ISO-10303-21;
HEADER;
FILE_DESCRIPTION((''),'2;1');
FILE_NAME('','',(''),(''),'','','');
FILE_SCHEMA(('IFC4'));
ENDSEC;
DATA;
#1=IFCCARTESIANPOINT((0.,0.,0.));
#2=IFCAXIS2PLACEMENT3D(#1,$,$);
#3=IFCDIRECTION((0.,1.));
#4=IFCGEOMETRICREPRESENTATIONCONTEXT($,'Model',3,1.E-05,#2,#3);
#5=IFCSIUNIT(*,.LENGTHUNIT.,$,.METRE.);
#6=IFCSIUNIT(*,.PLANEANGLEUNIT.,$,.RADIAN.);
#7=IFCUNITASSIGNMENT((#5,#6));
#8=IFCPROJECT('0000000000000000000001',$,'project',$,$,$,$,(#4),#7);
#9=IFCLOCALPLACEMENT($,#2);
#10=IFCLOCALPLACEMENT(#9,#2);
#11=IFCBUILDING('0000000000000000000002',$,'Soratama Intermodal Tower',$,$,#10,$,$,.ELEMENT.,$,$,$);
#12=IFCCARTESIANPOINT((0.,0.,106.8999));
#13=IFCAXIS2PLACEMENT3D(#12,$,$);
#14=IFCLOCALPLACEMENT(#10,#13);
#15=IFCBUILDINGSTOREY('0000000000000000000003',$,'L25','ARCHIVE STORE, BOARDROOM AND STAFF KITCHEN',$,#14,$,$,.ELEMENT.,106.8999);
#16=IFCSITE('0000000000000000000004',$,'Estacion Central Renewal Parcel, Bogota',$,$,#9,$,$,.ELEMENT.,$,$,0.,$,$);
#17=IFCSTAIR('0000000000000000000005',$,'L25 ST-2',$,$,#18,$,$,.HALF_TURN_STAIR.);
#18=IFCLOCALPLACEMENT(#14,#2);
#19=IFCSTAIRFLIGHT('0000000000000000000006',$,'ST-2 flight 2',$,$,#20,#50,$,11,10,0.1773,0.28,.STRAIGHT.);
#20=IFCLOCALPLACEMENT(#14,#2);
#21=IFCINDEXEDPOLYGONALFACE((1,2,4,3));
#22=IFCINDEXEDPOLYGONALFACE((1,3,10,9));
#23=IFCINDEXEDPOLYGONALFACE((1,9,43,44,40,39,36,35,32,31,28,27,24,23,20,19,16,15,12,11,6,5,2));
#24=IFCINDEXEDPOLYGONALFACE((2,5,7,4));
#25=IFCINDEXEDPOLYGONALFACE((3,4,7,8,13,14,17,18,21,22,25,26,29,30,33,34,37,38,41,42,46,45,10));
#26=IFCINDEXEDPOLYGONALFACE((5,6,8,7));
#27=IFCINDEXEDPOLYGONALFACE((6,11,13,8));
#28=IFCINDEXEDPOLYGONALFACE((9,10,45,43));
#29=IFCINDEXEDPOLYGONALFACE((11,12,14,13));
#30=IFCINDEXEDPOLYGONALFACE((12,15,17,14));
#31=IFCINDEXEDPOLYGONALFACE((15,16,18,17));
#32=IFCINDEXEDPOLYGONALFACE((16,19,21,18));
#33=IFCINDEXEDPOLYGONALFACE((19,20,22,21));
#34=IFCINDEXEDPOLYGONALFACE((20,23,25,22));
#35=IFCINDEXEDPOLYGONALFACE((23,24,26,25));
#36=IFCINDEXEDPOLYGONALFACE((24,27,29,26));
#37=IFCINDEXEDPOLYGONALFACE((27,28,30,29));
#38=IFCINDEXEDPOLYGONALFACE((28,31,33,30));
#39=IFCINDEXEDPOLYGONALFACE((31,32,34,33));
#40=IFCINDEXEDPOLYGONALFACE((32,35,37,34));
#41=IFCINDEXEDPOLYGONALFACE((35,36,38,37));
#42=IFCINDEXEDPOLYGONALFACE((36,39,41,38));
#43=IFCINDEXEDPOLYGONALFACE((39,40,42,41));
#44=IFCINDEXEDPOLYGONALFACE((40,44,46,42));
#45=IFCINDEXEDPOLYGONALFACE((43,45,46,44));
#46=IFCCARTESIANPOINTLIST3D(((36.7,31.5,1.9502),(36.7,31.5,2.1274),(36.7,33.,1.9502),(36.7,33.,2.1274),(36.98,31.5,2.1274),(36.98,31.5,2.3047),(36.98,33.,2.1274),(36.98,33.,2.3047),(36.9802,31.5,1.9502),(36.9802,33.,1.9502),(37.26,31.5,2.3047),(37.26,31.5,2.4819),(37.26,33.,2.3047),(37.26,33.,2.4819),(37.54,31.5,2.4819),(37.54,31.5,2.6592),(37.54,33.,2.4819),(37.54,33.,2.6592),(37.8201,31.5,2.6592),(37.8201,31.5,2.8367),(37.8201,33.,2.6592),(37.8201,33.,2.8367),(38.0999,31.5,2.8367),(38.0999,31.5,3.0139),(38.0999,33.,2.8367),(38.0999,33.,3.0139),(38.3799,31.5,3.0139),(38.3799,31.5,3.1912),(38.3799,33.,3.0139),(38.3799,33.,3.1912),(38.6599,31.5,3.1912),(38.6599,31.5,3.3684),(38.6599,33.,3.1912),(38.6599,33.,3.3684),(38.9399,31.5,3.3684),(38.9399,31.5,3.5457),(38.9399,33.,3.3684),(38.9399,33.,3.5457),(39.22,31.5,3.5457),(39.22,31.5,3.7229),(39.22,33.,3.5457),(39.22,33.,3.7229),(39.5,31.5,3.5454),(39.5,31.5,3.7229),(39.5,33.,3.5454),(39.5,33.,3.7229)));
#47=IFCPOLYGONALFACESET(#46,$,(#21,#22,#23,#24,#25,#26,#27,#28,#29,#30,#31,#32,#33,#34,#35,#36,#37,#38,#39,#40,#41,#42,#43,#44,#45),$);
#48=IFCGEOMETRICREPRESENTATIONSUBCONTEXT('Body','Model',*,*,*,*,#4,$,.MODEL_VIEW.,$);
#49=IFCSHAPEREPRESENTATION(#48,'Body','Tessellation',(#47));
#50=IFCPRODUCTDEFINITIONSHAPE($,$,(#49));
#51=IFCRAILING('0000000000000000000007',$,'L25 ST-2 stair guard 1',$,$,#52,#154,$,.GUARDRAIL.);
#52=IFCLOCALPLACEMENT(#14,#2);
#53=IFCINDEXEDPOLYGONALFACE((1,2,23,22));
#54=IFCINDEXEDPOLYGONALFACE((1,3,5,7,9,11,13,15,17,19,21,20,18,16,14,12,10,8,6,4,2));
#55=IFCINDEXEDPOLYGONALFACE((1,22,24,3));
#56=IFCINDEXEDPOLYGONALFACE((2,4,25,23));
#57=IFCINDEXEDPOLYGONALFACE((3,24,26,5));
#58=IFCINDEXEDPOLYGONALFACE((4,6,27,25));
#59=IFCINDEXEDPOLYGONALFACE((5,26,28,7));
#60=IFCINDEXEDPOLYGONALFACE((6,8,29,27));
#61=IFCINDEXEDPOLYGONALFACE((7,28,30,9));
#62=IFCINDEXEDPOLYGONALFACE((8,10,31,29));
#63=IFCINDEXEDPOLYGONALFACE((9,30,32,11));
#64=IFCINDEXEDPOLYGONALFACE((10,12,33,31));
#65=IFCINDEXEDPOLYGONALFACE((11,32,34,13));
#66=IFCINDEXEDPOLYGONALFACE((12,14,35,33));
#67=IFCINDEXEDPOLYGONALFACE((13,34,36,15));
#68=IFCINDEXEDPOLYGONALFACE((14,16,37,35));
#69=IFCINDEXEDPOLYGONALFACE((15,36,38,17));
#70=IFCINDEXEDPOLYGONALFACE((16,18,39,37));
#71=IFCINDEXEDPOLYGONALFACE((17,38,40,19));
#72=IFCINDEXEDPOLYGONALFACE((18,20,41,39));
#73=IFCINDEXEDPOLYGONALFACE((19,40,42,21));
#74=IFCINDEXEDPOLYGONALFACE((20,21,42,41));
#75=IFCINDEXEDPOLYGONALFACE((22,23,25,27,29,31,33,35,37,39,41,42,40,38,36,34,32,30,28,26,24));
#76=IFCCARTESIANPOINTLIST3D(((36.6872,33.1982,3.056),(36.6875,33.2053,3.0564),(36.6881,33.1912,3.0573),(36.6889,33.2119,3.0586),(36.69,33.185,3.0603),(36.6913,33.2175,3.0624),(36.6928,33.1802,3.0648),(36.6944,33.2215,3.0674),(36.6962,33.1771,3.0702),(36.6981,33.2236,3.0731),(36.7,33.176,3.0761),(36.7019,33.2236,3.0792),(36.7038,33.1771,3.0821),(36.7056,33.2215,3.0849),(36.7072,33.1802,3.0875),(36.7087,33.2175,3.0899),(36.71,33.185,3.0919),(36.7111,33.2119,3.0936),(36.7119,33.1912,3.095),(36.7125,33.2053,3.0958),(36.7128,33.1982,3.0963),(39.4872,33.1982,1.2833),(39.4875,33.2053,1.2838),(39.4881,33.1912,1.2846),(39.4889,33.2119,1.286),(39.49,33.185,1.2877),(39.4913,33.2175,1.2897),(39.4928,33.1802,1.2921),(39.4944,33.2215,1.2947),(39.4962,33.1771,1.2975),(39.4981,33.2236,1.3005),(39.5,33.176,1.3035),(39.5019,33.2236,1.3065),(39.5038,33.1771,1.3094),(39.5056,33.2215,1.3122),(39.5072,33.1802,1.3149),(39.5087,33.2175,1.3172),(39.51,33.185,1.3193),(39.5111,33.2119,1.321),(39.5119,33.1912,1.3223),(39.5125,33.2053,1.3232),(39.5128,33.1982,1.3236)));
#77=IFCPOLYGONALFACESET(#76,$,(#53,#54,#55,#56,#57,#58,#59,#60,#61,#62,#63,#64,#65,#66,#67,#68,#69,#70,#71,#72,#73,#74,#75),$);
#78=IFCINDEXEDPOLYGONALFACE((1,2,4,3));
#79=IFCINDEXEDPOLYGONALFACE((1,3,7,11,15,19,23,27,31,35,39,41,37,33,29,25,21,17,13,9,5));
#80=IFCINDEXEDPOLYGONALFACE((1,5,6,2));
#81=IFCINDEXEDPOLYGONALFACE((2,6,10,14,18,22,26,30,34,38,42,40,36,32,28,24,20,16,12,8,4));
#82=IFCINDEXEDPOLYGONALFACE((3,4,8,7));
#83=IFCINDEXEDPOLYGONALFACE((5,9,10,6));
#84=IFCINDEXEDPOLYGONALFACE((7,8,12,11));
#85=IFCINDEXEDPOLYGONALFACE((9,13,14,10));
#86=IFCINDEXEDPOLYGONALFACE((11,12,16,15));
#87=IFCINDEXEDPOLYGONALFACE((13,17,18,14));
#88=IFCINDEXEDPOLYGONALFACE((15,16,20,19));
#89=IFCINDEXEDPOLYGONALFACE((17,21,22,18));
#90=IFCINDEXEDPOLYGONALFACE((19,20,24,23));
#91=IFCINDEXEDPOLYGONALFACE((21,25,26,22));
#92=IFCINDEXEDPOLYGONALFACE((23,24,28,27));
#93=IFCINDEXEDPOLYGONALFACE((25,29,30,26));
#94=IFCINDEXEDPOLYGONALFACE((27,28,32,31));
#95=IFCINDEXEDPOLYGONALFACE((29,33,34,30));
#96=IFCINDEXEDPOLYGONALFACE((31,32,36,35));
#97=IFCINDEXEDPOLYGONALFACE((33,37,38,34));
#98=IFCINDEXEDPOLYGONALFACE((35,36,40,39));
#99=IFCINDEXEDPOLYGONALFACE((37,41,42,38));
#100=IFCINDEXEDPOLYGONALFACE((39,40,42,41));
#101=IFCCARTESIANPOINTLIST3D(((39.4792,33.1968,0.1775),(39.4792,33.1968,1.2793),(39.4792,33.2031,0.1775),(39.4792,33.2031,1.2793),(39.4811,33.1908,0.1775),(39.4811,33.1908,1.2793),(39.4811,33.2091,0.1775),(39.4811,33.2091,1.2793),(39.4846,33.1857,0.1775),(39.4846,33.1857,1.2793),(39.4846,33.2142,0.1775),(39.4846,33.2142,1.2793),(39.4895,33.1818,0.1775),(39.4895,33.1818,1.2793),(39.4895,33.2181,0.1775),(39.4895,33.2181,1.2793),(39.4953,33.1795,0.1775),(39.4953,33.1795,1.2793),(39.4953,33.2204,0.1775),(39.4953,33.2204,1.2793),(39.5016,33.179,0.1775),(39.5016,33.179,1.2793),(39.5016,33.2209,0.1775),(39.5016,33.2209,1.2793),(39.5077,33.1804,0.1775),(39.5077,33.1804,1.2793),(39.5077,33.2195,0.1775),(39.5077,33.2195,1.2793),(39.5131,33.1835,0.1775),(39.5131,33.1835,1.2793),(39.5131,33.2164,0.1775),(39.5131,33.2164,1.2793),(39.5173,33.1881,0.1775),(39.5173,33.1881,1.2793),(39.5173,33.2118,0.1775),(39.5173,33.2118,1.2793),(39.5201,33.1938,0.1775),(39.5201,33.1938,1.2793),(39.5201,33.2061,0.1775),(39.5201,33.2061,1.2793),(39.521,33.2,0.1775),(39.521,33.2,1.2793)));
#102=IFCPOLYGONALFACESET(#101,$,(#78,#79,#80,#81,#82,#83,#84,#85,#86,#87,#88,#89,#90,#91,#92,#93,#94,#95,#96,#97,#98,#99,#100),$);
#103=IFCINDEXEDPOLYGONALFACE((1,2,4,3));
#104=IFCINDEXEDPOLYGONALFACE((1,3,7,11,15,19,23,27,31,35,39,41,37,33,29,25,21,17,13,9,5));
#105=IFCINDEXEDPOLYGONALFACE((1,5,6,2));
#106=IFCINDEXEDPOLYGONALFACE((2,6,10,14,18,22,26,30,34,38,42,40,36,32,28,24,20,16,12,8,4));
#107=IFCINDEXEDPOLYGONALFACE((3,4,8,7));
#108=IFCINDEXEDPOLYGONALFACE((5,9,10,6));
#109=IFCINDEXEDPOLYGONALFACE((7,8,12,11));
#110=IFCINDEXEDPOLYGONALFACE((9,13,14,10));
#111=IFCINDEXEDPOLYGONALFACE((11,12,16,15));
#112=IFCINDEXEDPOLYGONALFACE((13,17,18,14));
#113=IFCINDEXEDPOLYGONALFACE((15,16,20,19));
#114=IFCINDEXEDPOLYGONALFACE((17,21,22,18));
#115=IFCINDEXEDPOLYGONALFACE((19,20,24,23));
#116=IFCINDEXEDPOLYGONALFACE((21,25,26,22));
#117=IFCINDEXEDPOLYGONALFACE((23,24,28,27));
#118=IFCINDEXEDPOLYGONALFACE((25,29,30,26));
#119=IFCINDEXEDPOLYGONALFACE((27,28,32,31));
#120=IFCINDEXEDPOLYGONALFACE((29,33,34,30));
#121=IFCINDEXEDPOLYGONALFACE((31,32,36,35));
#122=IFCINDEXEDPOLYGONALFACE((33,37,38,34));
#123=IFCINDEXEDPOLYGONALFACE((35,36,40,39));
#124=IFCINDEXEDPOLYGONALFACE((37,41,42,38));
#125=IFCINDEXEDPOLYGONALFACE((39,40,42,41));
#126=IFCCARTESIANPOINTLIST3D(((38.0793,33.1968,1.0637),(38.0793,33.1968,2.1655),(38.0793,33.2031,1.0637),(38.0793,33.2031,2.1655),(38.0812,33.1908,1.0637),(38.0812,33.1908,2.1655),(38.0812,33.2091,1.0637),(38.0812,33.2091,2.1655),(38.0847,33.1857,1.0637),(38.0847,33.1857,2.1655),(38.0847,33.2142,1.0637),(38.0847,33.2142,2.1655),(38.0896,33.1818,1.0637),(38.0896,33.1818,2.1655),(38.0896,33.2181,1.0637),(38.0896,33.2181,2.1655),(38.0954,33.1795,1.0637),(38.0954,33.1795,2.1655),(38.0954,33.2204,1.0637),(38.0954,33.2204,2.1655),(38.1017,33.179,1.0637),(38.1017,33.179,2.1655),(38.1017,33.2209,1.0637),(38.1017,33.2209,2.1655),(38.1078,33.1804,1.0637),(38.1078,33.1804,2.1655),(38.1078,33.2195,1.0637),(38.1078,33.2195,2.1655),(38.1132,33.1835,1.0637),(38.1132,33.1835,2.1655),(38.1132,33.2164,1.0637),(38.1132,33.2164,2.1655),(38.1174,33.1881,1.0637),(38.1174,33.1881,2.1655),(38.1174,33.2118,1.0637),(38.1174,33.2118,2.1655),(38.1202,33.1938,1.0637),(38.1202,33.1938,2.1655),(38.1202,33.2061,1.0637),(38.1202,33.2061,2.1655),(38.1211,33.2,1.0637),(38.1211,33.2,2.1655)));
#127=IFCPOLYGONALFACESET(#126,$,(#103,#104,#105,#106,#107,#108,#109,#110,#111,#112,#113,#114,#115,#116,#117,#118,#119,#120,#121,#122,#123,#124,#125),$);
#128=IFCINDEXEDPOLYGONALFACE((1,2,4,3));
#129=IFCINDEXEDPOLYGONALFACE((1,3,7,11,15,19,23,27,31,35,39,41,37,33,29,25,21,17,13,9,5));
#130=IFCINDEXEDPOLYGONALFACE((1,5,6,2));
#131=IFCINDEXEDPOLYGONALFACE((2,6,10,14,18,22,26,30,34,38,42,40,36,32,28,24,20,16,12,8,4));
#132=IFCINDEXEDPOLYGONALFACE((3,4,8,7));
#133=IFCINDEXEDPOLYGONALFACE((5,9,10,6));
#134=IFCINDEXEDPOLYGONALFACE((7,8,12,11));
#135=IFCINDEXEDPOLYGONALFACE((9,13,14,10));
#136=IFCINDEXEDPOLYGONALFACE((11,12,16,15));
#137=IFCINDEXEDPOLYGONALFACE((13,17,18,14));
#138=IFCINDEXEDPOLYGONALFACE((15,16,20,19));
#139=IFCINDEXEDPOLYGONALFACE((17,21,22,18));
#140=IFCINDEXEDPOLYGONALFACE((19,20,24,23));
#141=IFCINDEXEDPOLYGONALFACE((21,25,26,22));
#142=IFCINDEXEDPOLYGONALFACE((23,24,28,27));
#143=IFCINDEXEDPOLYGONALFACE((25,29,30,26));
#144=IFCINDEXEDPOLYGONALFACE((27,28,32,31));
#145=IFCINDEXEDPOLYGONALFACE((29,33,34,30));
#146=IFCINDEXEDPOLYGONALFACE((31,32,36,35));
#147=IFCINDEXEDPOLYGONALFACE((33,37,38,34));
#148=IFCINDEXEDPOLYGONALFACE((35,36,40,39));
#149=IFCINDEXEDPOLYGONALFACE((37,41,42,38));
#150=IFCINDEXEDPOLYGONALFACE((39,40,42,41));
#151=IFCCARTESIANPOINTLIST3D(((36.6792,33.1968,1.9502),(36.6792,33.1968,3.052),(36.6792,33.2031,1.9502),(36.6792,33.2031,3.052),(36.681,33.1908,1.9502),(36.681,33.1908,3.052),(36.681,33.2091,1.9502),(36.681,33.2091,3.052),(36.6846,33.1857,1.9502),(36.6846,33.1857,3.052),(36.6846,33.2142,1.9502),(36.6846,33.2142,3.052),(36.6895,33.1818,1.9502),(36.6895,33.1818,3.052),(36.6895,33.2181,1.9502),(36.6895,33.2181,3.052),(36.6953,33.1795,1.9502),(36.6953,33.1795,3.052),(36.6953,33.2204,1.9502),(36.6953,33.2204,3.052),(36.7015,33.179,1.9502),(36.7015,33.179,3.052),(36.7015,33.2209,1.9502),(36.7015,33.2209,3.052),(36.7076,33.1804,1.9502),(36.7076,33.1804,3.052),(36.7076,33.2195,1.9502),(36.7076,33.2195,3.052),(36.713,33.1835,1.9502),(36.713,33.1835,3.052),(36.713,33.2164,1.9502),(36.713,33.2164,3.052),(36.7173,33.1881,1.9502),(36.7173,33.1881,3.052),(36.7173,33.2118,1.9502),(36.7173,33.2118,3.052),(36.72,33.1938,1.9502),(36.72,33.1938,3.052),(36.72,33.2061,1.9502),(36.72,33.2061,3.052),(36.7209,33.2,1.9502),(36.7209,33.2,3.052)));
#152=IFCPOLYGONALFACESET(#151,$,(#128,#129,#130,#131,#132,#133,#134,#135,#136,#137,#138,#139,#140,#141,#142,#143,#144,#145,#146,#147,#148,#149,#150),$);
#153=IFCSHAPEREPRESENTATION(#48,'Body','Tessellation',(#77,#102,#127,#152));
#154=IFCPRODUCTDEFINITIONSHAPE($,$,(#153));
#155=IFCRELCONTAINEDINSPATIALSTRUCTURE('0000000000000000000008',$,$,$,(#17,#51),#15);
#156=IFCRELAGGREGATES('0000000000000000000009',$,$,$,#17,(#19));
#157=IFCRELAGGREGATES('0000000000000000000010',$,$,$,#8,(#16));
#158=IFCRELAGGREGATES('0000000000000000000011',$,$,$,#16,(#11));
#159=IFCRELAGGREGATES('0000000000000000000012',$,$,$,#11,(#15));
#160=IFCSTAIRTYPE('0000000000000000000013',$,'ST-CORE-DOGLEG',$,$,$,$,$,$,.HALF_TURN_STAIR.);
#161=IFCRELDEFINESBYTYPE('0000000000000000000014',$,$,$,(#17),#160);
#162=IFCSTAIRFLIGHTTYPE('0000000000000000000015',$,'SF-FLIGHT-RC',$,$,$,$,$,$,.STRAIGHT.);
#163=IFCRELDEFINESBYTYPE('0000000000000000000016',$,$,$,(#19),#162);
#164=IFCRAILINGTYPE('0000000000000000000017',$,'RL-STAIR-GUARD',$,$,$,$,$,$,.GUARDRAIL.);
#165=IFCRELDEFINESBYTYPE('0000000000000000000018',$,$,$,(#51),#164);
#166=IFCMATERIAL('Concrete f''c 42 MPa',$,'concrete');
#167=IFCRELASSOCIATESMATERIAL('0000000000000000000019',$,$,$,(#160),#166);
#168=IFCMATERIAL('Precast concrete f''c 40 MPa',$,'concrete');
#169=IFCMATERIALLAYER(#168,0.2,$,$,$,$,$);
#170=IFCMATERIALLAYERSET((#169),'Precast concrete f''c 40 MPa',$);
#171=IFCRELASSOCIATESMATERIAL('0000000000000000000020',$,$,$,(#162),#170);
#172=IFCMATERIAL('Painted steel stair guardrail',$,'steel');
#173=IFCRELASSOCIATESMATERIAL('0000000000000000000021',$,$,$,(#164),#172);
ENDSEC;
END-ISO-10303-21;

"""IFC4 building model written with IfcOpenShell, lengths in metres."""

from ifc_helpers import new_model, si_unit, direction, frame, origin, origin_2d, place, context, subcontext, project, spatial, polyline, circle, outline, extrude, material, layer, layer_set, type_object, element, aggregate, save


model = new_model("IFC4")

# Units and contexts
model_context = context("Model", 3, precision=1e-05, world=origin(), true_north=direction((0.0, 1.0)))
body_context = subcontext(model_context, "Body", "Model", "MODEL_VIEW")
ifc_project = project(units=[si_unit("LENGTHUNIT", "METRE"), si_unit("PLANEANGLEUNIT", "RADIAN")], contexts=[model_context])

# Site, building, storey
site_placement = place(None, origin())
site = spatial("IfcSite", under=ifc_project, at=site_placement, Name="Estacion Central Renewal Parcel, Bogota", CompositionType="ELEMENT", RefElevation=0.0)
building_placement = place(site_placement, origin())
building = spatial("IfcBuilding", under=site, at=building_placement, Name="Soratama Intermodal Tower", CompositionType="ELEMENT")
storey_placement = place(building_placement, frame((0.0, 0.0, 106.8999)))
storey = spatial("IfcBuildingStorey", under=building, at=storey_placement, Name="L25", Description="ARCHIVE STORE, BOARDROOM AND STAFF KITCHEN", CompositionType="ELEMENT", Elevation=106.8999)

# Stair, stair flight
ifc_material_1 = material(Name="Concrete f'c 42 MPa", Category="concrete")
stair_type = type_object("IfcStairType", Name="ST-CORE-DOGLEG", PredefinedType="HALF_TURN_STAIR", material=ifc_material_1)
stair_placement = place(storey_placement, origin())
stair = element("IfcStair", 1, at=stair_placement, inside=storey, type_object=stair_type, Name="L25 ST-2", PredefinedType="HALF_TURN_STAIR")
ifc_material_2 = material(Name="Precast concrete f'c 40 MPa", Category="concrete")
ifc_layer_1 = layer(ifc_material_2, 0.2)
ifc_layer_set_1 = layer_set([ifc_layer_1], Name="Precast concrete f'c 40 MPa")
stair_flight_type = type_object("IfcStairFlightType", Name="SF-FLIGHT-RC", PredefinedType="STRAIGHT", material=ifc_layer_set_1)
stair_flight_placement = place(storey_placement, frame((36.7, 32.25, 1.9502), z_axis=(0.0, 0.0, 1.0), x_axis=(1.0, 0.0, 0.0)))
stair_flight = element("IfcStairFlight", 2, at=stair_flight_placement, type_object=stair_flight_type, Name="ST-2 flight 2", NumberOfRisers=11, NumberOfTreads=10, PredefinedType="STRAIGHT", RiserHeight=0.1773, TreadLength=0.28, context=body_context, shape_type="SweptSolid", body=[
    extrude(outline(polyline([(0.0, 0.0), (0.0, 0.1772), (0.28, 0.1772), (0.28, 0.3545), (0.5601, 0.3545), (0.5601, 0.5317), (0.8401, 0.5317), (0.8401, 0.709), (1.1201, 0.709), (1.1201, 0.8865), (1.3999, 0.8865), (1.3999, 1.0637), (1.6799, 1.0637), (1.6799, 1.241), (1.96, 1.241), (1.96, 1.4182), (2.24, 1.4182), (2.24, 1.5955), (2.52, 1.5955), (2.52, 1.7727), (2.8, 1.7727), (2.8, 1.95), (2.8, 1.5952), (0.2803, 0.0), (0.0, 0.0)])), frame((0.0, 0.75, 0.0), z_axis=(0.0, -1.0, 0.0), x_axis=(1.0, 0.0, 0.0)), (0.0, 0.0, 1.0), 1.5),
])
aggregate(stair, [stair_flight])

# Railing
ifc_material_3 = material(Name="Painted steel stair guardrail", Category="steel")
railing_type_1 = type_object("IfcRailingType", Name="RL-STAIR-GUARD", PredefinedType="GUARDRAIL", material=ifc_material_3)
railing_1_placement = place(storey_placement, frame((39.5, 33.2, 0.1775)))
element("IfcRailing", 3, at=railing_1_placement, inside=storey, type_object=railing_type_1, Name="L25 ST-2 stair guard 1", PredefinedType="GUARDRAIL", context=body_context, shape_type="SweptSolid", body=[
    extrude(circle(Radius=0.0239, at=origin_2d()), frame((0.0, 0.0, 1.126), z_axis=(-0.844909, 0.0, 0.53491), x_axis=(0.0, -1.0, 0.0)), (0.0, 0.0, 1.0), 3.314),
    extrude(circle(Radius=0.021, at=origin_2d()), origin(), (0.0, 0.0, 1.0), 1.1018),
    extrude(circle(Radius=0.021, at=origin_2d()), frame((-1.3999, 0.0, 0.8862)), (0.0, 0.0, 1.0), 1.1018),
    extrude(circle(Radius=0.021, at=origin_2d()), frame((-2.8, 0.0, 1.7727)), (0.0, 0.0, 1.0), 1.1018),
])

save(model, "model.ifc")
